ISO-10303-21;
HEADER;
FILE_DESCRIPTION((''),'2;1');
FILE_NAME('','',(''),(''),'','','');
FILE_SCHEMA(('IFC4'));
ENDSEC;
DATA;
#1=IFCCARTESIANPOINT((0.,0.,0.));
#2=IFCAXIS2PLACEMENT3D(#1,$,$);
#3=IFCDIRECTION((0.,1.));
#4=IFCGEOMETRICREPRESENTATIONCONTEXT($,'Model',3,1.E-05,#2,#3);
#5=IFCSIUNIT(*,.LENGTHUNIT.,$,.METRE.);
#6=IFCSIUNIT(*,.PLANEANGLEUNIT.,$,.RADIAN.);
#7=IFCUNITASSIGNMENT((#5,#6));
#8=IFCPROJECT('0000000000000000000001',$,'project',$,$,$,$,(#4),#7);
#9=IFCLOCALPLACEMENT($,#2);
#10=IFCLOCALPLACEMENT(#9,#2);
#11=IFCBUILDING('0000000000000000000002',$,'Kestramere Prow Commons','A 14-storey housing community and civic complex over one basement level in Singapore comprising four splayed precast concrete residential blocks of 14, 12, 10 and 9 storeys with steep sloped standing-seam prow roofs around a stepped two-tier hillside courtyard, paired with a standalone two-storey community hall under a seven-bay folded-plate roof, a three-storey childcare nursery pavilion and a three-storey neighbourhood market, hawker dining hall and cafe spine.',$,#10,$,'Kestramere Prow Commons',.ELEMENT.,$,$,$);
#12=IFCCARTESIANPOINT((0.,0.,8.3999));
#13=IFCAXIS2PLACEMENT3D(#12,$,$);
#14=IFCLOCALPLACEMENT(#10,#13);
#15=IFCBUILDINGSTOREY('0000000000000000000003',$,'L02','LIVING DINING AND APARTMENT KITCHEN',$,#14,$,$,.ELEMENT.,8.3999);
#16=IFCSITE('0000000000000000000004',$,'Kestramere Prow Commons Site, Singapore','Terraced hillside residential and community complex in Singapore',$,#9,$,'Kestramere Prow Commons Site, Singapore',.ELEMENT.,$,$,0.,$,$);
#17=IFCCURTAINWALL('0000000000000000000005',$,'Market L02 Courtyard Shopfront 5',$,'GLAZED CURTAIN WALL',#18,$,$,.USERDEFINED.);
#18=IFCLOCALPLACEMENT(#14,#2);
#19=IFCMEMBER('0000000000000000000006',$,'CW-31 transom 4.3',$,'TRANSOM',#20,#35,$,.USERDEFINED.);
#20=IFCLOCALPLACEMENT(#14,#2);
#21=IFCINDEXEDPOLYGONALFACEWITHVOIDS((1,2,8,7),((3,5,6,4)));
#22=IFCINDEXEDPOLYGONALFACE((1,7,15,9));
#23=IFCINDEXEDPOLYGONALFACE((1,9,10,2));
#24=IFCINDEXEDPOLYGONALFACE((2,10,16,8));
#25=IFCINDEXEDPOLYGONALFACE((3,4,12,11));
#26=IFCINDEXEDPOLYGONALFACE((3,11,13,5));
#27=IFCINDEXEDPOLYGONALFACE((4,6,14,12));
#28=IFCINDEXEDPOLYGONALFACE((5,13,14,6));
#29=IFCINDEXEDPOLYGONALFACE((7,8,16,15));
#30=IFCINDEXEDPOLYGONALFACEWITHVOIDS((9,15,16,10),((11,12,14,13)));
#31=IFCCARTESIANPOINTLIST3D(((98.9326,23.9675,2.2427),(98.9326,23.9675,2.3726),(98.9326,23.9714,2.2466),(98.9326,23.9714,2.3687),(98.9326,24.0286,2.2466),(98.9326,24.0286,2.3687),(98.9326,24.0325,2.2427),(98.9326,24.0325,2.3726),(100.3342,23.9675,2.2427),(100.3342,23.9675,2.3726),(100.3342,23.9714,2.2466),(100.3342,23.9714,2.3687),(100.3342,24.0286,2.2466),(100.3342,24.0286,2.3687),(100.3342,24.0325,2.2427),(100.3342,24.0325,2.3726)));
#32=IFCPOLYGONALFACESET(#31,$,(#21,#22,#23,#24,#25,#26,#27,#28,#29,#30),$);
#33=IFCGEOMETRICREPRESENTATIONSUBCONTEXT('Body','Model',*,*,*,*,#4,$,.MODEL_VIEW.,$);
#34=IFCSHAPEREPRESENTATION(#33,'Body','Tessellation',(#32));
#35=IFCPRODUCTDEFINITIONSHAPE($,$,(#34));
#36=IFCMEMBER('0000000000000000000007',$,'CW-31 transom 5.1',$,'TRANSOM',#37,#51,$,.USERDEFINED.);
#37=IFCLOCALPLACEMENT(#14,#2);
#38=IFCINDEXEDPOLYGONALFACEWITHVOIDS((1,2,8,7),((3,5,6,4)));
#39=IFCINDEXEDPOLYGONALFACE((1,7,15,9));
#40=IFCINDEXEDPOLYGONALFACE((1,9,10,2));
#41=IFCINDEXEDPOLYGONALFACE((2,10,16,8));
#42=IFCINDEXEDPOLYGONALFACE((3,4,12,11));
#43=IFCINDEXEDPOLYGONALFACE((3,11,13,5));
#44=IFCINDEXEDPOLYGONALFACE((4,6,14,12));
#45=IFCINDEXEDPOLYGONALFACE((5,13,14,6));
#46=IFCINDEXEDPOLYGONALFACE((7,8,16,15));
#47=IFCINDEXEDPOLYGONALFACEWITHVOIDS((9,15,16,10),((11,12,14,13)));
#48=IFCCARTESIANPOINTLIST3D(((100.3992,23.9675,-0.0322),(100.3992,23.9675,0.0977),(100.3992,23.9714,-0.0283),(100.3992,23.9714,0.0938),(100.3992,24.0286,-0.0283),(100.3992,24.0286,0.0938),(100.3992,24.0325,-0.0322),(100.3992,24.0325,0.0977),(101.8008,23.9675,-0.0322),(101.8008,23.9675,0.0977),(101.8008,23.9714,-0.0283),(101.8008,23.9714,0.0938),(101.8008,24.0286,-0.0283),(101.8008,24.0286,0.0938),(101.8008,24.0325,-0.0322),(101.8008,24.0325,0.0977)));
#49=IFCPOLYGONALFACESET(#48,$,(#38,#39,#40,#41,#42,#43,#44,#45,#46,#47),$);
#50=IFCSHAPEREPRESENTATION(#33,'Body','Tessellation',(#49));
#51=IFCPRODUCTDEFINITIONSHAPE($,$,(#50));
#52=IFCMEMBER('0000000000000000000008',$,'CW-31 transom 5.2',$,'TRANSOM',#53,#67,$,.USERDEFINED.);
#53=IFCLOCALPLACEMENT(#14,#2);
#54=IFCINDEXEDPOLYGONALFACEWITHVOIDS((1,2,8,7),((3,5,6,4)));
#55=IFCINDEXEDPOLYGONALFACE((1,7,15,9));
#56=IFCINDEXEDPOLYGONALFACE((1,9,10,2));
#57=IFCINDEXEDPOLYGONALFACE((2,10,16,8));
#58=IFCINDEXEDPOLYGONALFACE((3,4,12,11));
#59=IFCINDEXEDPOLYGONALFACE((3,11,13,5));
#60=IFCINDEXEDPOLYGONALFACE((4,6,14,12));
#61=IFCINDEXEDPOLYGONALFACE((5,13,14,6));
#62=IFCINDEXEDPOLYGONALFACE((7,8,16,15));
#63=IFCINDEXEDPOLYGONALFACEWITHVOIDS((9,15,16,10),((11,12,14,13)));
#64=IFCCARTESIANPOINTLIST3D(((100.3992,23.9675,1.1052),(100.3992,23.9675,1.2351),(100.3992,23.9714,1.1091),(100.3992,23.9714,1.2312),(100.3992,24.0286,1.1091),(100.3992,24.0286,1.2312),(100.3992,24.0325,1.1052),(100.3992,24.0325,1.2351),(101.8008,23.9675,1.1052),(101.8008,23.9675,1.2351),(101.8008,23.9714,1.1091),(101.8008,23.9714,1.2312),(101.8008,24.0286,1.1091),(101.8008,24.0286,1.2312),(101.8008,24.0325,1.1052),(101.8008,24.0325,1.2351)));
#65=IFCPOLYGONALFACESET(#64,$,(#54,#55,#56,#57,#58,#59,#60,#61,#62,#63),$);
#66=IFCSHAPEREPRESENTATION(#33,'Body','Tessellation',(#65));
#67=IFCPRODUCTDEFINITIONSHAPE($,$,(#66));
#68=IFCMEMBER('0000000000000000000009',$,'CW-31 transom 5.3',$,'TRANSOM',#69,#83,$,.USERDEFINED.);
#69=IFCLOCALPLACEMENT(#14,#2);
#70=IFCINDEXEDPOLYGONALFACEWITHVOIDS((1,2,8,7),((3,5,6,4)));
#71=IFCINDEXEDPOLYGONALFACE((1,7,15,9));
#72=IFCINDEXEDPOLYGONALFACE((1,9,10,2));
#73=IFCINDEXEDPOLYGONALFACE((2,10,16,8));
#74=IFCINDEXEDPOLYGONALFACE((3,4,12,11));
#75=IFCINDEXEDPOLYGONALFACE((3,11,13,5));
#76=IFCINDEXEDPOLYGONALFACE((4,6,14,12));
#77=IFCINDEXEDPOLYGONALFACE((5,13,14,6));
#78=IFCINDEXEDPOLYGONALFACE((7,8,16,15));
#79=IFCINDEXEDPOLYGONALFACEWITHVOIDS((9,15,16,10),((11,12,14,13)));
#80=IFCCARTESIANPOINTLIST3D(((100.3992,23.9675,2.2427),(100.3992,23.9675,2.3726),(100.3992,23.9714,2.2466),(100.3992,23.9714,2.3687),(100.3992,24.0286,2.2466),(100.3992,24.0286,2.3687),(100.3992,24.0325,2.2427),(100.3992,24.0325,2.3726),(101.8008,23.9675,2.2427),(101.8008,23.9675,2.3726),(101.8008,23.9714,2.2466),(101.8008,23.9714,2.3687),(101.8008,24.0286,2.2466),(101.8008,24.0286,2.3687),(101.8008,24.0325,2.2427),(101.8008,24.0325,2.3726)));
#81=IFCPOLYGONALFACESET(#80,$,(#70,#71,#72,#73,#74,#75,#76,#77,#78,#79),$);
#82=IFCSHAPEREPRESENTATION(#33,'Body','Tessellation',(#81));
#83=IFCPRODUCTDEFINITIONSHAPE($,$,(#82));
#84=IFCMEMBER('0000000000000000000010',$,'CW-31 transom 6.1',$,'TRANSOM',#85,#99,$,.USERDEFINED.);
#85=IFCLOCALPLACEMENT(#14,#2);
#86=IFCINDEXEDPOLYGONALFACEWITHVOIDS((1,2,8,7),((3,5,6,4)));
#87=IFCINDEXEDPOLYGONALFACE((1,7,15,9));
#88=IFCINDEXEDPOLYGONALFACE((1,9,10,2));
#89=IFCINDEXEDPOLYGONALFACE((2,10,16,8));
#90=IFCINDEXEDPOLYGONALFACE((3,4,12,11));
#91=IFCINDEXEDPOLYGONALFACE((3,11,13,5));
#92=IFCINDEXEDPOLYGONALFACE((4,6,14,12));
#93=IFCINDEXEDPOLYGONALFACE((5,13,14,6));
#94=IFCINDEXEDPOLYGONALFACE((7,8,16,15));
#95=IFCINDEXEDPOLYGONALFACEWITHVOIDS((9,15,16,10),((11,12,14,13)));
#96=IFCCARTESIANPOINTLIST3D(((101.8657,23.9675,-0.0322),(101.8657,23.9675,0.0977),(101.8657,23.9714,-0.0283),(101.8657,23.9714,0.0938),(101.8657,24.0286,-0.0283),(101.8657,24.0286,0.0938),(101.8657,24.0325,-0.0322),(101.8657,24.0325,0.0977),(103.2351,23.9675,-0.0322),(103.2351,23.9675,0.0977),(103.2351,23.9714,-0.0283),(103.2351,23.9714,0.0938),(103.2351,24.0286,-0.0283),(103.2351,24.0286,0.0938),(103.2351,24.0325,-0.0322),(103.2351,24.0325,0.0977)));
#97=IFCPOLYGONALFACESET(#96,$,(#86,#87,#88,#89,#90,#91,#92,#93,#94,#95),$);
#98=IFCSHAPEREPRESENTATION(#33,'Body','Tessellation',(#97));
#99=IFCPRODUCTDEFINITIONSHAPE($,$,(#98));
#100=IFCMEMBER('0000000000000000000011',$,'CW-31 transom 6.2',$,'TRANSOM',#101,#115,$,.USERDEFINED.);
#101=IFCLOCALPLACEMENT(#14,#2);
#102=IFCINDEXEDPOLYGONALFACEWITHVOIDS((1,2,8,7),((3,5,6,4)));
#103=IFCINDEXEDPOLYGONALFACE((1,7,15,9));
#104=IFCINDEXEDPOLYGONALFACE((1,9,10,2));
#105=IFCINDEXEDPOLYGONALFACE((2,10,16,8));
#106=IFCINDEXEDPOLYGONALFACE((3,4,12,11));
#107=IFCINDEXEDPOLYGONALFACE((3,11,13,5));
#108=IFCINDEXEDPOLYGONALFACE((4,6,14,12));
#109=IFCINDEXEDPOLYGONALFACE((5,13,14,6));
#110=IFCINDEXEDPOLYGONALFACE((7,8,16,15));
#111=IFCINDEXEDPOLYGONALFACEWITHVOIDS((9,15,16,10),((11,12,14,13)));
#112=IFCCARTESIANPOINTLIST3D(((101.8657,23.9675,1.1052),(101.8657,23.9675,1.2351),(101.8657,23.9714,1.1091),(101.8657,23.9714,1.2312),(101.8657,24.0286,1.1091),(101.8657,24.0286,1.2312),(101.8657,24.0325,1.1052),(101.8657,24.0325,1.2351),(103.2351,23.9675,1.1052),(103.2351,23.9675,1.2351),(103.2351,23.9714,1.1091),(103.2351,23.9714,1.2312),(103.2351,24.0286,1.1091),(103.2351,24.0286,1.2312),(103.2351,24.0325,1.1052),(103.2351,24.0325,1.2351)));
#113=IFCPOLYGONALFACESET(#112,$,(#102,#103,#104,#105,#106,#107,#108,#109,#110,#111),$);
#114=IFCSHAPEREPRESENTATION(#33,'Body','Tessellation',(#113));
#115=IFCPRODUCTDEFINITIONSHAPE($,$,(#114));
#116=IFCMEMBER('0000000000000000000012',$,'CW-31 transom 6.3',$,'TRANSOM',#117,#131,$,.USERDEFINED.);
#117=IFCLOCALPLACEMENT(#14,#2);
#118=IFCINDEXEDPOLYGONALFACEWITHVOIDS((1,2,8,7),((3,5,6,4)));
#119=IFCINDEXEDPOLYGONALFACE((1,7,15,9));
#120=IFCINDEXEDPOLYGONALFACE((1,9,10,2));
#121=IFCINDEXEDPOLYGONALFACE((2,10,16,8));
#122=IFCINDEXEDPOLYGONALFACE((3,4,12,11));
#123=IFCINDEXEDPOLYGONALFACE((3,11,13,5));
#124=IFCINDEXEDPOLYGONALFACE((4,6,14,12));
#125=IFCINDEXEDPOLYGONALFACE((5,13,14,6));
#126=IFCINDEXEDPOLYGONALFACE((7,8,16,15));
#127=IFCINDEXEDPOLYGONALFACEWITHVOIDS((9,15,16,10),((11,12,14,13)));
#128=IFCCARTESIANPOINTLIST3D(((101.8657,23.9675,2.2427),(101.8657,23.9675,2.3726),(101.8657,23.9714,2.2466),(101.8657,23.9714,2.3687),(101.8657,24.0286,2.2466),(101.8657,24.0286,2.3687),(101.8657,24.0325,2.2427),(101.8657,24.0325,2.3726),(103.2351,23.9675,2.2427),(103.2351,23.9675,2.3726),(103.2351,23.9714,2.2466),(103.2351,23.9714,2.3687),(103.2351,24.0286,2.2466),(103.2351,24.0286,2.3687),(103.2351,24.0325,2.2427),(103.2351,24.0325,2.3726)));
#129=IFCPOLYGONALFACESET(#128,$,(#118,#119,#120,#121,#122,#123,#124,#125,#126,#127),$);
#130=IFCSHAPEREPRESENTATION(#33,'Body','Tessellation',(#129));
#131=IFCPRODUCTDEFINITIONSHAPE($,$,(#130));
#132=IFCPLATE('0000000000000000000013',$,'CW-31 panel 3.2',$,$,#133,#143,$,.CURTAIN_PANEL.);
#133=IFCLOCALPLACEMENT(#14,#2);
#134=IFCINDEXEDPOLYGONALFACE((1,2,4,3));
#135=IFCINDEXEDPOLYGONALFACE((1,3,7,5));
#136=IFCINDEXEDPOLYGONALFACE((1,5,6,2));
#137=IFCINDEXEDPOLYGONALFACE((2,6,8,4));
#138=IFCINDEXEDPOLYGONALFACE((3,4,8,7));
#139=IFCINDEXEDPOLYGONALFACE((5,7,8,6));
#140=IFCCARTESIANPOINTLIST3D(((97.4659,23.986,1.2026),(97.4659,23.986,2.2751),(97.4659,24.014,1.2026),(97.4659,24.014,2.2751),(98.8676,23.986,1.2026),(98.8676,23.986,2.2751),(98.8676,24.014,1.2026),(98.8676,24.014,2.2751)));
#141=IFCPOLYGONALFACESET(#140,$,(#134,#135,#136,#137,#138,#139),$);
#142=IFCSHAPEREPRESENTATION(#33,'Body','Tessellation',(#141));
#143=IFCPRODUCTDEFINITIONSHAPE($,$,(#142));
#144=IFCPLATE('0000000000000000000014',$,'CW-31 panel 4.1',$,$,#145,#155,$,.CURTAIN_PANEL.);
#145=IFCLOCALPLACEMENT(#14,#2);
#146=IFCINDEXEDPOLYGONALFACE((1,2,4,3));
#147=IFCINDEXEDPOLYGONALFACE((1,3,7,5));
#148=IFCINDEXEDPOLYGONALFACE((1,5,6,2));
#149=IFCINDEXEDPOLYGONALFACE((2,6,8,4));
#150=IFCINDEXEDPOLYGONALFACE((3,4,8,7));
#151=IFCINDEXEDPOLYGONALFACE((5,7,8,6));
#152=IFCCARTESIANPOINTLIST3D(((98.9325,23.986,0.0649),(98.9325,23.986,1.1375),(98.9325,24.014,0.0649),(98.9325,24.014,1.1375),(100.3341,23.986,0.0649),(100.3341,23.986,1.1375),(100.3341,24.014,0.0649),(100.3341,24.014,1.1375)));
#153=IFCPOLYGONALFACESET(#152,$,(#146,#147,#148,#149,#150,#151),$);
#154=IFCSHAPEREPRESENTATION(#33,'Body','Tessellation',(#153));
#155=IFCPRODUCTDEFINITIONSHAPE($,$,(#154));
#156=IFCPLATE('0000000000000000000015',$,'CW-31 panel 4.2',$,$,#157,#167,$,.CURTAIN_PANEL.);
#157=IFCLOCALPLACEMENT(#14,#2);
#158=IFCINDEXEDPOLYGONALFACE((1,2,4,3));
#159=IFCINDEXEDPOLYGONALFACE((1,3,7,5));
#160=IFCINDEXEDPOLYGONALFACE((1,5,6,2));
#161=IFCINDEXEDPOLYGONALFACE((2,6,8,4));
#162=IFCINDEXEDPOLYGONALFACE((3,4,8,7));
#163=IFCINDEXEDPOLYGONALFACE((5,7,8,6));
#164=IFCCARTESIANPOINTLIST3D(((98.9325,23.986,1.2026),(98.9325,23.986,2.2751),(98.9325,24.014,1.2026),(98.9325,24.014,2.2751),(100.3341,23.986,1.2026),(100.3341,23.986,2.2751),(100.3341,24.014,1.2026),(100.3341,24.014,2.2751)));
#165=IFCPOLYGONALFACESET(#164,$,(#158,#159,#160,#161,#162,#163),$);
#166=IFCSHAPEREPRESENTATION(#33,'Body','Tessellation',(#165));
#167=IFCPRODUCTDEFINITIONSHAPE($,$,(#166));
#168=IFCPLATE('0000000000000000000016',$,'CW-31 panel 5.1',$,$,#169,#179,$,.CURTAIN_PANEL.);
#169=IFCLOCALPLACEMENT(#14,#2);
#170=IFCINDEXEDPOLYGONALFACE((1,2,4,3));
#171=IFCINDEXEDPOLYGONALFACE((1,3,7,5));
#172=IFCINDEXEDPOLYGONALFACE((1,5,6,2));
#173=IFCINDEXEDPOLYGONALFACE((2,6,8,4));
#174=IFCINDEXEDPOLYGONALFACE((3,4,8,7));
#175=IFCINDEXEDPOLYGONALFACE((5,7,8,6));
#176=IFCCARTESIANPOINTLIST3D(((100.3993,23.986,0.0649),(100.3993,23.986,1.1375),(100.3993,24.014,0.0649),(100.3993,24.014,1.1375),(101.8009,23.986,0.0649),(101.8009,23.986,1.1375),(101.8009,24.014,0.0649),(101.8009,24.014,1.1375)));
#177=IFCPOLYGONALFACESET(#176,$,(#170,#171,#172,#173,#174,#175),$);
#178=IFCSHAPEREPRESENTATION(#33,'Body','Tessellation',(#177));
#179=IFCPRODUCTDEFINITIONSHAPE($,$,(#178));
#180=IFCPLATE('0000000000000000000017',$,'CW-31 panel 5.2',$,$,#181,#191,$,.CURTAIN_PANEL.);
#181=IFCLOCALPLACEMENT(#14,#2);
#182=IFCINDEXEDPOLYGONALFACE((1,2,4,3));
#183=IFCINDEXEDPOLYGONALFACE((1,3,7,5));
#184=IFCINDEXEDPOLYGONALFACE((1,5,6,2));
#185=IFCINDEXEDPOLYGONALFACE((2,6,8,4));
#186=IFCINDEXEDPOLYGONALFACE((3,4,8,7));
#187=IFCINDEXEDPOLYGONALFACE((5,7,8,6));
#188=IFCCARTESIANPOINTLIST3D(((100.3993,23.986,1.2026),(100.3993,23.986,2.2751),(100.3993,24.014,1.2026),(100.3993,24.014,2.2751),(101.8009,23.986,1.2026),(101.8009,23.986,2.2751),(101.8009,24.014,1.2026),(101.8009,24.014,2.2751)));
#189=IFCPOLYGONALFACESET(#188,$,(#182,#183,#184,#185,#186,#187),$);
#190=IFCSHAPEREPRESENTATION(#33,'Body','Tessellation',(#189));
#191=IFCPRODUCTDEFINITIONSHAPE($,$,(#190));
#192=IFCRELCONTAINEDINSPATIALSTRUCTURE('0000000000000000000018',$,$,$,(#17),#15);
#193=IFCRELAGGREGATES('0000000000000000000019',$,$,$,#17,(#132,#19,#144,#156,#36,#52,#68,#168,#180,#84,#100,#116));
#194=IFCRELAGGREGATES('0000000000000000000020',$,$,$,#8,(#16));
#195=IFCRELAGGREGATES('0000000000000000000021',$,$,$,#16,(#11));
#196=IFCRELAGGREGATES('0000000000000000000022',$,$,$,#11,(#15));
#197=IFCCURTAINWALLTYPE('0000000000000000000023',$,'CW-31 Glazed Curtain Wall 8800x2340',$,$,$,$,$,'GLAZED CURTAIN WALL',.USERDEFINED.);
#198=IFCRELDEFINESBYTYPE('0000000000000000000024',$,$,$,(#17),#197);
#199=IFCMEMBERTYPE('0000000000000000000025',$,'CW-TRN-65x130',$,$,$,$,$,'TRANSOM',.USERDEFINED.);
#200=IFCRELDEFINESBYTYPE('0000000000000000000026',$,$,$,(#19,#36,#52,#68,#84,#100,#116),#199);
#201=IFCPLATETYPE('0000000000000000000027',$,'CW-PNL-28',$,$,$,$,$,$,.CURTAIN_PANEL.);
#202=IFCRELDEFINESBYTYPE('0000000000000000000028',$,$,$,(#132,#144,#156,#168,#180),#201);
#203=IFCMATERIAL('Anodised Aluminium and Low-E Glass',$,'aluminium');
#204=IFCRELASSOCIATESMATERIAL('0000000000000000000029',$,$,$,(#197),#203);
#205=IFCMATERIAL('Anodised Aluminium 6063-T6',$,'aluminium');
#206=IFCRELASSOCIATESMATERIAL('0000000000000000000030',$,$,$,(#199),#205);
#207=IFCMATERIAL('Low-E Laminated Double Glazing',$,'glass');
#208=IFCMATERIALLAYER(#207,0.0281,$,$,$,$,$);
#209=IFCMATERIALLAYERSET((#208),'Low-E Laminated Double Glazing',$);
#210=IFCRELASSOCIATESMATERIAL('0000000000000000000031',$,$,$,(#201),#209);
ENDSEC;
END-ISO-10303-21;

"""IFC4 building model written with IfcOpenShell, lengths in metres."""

from ifc_helpers import new_model, si_unit, direction, frame, origin, origin_2d, place, context, subcontext, project, spatial, rectangle, hollow_rectangle, extrude, material, layer, layer_set, material_profile, profile_set, type_object, element, aggregate, save


model = new_model("IFC4")

# Units and contexts
model_context = context("Model", 3, precision=1e-05, world=origin(), true_north=direction((0.0, 1.0)))
body_context = subcontext(model_context, "Body", "Model", "MODEL_VIEW")
ifc_project = project(units=[si_unit("LENGTHUNIT", "METRE"), si_unit("PLANEANGLEUNIT", "RADIAN")], contexts=[model_context])

# Site, building, storey
site_placement = place(None, origin())
site = spatial("IfcSite", under=ifc_project, at=site_placement, Name="Kestramere Prow Commons Site, Singapore", Description="Terraced hillside residential and community complex in Singapore", LongName="Kestramere Prow Commons Site, Singapore", CompositionType="ELEMENT", RefElevation=0.0)
building_placement = place(site_placement, origin())
building = spatial("IfcBuilding", under=site, at=building_placement, Name="Kestramere Prow Commons", Description="A 14-storey housing community and civic complex over one basement level in Singapore comprising four splayed precast concrete residential blocks of 14, 12, 10 and 9 storeys with steep sloped standing-seam prow roofs around a stepped two-tier hillside courtyard, paired with a standalone two-storey community hall under a seven-bay folded-plate roof, a three-storey childcare nursery pavilion and a three-storey neighbourhood market, hawker dining hall and cafe spine.", LongName="Kestramere Prow Commons", CompositionType="ELEMENT")
storey_placement = place(building_placement, frame((0.0, 0.0, 8.3999)))
storey = spatial("IfcBuildingStorey", under=building, at=storey_placement, Name="L02", Description="LIVING DINING AND APARTMENT KITCHEN", CompositionType="ELEMENT", Elevation=8.3999)

# Curtain wall, members, plates
ifc_material_1 = material(Name="Anodised Aluminium and Low-E Glass", Category="aluminium")
curtain_wall_type = type_object("IfcCurtainWallType", Name="CW-31 Glazed Curtain Wall 8800x2340", ElementType="GLAZED CURTAIN WALL", PredefinedType="USERDEFINED", material=ifc_material_1)
curtain_wall_placement = place(storey_placement, origin())
curtain_wall = element("IfcCurtainWall", 1, at=curtain_wall_placement, inside=storey, type_object=curtain_wall_type, Name="Market L02 Courtyard Shopfront 5", ObjectType="GLAZED CURTAIN WALL", PredefinedType="USERDEFINED")
ifc_material_2 = material(Name="Anodised Aluminium 6063-T6", Category="aluminium")
ifc_material_profile_1 = material_profile(ifc_material_2, hollow_rectangle(XDim=0.0649, YDim=0.1299, WallThickness=0.0039, at=origin_2d()), Name="ALU-TRN 65x130")
ifc_profile_set_1 = profile_set([ifc_material_profile_1], Name="Anodised Aluminium 6063-T6")
member_type_1 = type_object("IfcMemberType", Name="CW-TRN-65x130", ElementType="TRANSOM", PredefinedType="USERDEFINED", material=ifc_profile_set_1)
member_1_placement = place(storey_placement, frame((98.9326, 24.0, 2.3076), z_axis=(1.0, 0.0, 0.0), x_axis=(0.0, 1.0, 0.0)))
member_1 = element("IfcMember", 2, at=member_1_placement, type_object=member_type_1, Name="CW-31 transom 4.3", ObjectType="TRANSOM", PredefinedType="USERDEFINED", context=body_context, shape_type="SweptSolid", body=[
    extrude(hollow_rectangle(XDim=0.0649, YDim=0.1299, WallThickness=0.0039, at=origin_2d()), origin(), (0.0, 0.0, 1.0), 1.4016),
])
member_2_placement = place(storey_placement, frame((100.3992, 24.0, 0.0327), z_axis=(1.0, 0.0, 0.0), x_axis=(0.0, 1.0, 0.0)))
member_2 = element("IfcMember", 3, at=member_2_placement, type_object=member_type_1, Name="CW-31 transom 5.1", ObjectType="TRANSOM", PredefinedType="USERDEFINED", context=body_context, shape_type="SweptSolid", body=[
    extrude(hollow_rectangle(XDim=0.0649, YDim=0.1299, WallThickness=0.0039, at=origin_2d()), origin(), (0.0, 0.0, 1.0), 1.4016),
])
member_3_placement = place(storey_placement, frame((100.3992, 24.0, 1.1702), z_axis=(1.0, 0.0, 0.0), x_axis=(0.0, 1.0, 0.0)))
member_3 = element("IfcMember", 4, at=member_3_placement, type_object=member_type_1, Name="CW-31 transom 5.2", ObjectType="TRANSOM", PredefinedType="USERDEFINED", context=body_context, shape_type="SweptSolid", body=[
    extrude(hollow_rectangle(XDim=0.0649, YDim=0.1299, WallThickness=0.0039, at=origin_2d()), origin(), (0.0, 0.0, 1.0), 1.4016),
])
member_4_placement = place(storey_placement, frame((100.3992, 24.0, 2.3076), z_axis=(1.0, 0.0, 0.0), x_axis=(0.0, 1.0, 0.0)))
member_4 = element("IfcMember", 5, at=member_4_placement, type_object=member_type_1, Name="CW-31 transom 5.3", ObjectType="TRANSOM", PredefinedType="USERDEFINED", context=body_context, shape_type="SweptSolid", body=[
    extrude(hollow_rectangle(XDim=0.0649, YDim=0.1299, WallThickness=0.0039, at=origin_2d()), origin(), (0.0, 0.0, 1.0), 1.4016),
])
member_5_placement = place(storey_placement, frame((101.8657, 24.0, 0.0327), z_axis=(1.0, 0.0, 0.0), x_axis=(0.0, 1.0, 0.0)))
member_5 = element("IfcMember", 6, at=member_5_placement, type_object=member_type_1, Name="CW-31 transom 6.1", ObjectType="TRANSOM", PredefinedType="USERDEFINED", context=body_context, shape_type="SweptSolid", body=[
    extrude(hollow_rectangle(XDim=0.0649, YDim=0.1299, WallThickness=0.0039, at=origin_2d()), origin(), (0.0, 0.0, 1.0), 1.3694),
])
member_6_placement = place(storey_placement, frame((101.8657, 24.0, 1.1702), z_axis=(1.0, 0.0, 0.0), x_axis=(0.0, 1.0, 0.0)))
member_6 = element("IfcMember", 7, at=member_6_placement, type_object=member_type_1, Name="CW-31 transom 6.2", ObjectType="TRANSOM", PredefinedType="USERDEFINED", context=body_context, shape_type="SweptSolid", body=[
    extrude(hollow_rectangle(XDim=0.0649, YDim=0.1299, WallThickness=0.0039, at=origin_2d()), origin(), (0.0, 0.0, 1.0), 1.3694),
])
member_7_placement = place(storey_placement, frame((101.8657, 24.0, 2.3076), z_axis=(1.0, 0.0, 0.0), x_axis=(0.0, 1.0, 0.0)))
member_7 = element("IfcMember", 8, at=member_7_placement, type_object=member_type_1, Name="CW-31 transom 6.3", ObjectType="TRANSOM", PredefinedType="USERDEFINED", context=body_context, shape_type="SweptSolid", body=[
    extrude(hollow_rectangle(XDim=0.0649, YDim=0.1299, WallThickness=0.0039, at=origin_2d()), origin(), (0.0, 0.0, 1.0), 1.3694),
])
ifc_material_3 = material(Name="Low-E Laminated Double Glazing", Category="glass")
ifc_layer_1 = layer(ifc_material_3, 0.0281)
ifc_layer_set_1 = layer_set([ifc_layer_1], Name="Low-E Laminated Double Glazing")
plate_type = type_object("IfcPlateType", Name="CW-PNL-28", PredefinedType="CURTAIN_PANEL", material=ifc_layer_set_1)
plate_1_placement = place(storey_placement, frame((98.1667, 24.0, 1.2026), z_axis=(0.0, 0.0, 1.0), x_axis=(1.0, 0.0, 0.0)))
plate_1 = element("IfcPlate", 9, at=plate_1_placement, type_object=plate_type, Name="CW-31 panel 3.2", PredefinedType="CURTAIN_PANEL", context=body_context, shape_type="SweptSolid", body=[
    extrude(rectangle(XDim=1.4016, YDim=0.0281, at=origin_2d()), origin(), (0.0, 0.0, 1.0), 1.0725),
])
plate_2_placement = place(storey_placement, frame((99.6333, 24.0, 0.0649), z_axis=(0.0, 0.0, 1.0), x_axis=(1.0, 0.0, 0.0)))
plate_2 = element("IfcPlate", 10, at=plate_2_placement, type_object=plate_type, Name="CW-31 panel 4.1", PredefinedType="CURTAIN_PANEL", context=body_context, shape_type="SweptSolid", body=[
    extrude(rectangle(XDim=1.4016, YDim=0.0281, at=origin_2d()), origin(), (0.0, 0.0, 1.0), 1.0725),
])
plate_3_placement = place(storey_placement, frame((99.6333, 24.0, 1.2026), z_axis=(0.0, 0.0, 1.0), x_axis=(1.0, 0.0, 0.0)))
plate_3 = element("IfcPlate", 11, at=plate_3_placement, type_object=plate_type, Name="CW-31 panel 4.2", PredefinedType="CURTAIN_PANEL", context=body_context, shape_type="SweptSolid", body=[
    extrude(rectangle(XDim=1.4016, YDim=0.0281, at=origin_2d()), origin(), (0.0, 0.0, 1.0), 1.0725),
])
plate_4_placement = place(storey_placement, frame((101.1001, 24.0, 0.0649), z_axis=(0.0, 0.0, 1.0), x_axis=(1.0, 0.0, 0.0)))
plate_4 = element("IfcPlate", 12, at=plate_4_placement, type_object=plate_type, Name="CW-31 panel 5.1", PredefinedType="CURTAIN_PANEL", context=body_context, shape_type="SweptSolid", body=[
    extrude(rectangle(XDim=1.4016, YDim=0.0281, at=origin_2d()), origin(), (0.0, 0.0, 1.0), 1.0725),
])
plate_5_placement = place(storey_placement, frame((101.1001, 24.0, 1.2026), z_axis=(0.0, 0.0, 1.0), x_axis=(1.0, 0.0, 0.0)))
plate_5 = element("IfcPlate", 13, at=plate_5_placement, type_object=plate_type, Name="CW-31 panel 5.2", PredefinedType="CURTAIN_PANEL", context=body_context, shape_type="SweptSolid", body=[
    extrude(rectangle(XDim=1.4016, YDim=0.0281, at=origin_2d()), origin(), (0.0, 0.0, 1.0), 1.0725),
])
aggregate(curtain_wall, [plate_1, member_1, plate_2, plate_3, member_2, member_3, member_4, plate_4, plate_5, member_5, member_6, member_7])

save(model, "model.ifc")
